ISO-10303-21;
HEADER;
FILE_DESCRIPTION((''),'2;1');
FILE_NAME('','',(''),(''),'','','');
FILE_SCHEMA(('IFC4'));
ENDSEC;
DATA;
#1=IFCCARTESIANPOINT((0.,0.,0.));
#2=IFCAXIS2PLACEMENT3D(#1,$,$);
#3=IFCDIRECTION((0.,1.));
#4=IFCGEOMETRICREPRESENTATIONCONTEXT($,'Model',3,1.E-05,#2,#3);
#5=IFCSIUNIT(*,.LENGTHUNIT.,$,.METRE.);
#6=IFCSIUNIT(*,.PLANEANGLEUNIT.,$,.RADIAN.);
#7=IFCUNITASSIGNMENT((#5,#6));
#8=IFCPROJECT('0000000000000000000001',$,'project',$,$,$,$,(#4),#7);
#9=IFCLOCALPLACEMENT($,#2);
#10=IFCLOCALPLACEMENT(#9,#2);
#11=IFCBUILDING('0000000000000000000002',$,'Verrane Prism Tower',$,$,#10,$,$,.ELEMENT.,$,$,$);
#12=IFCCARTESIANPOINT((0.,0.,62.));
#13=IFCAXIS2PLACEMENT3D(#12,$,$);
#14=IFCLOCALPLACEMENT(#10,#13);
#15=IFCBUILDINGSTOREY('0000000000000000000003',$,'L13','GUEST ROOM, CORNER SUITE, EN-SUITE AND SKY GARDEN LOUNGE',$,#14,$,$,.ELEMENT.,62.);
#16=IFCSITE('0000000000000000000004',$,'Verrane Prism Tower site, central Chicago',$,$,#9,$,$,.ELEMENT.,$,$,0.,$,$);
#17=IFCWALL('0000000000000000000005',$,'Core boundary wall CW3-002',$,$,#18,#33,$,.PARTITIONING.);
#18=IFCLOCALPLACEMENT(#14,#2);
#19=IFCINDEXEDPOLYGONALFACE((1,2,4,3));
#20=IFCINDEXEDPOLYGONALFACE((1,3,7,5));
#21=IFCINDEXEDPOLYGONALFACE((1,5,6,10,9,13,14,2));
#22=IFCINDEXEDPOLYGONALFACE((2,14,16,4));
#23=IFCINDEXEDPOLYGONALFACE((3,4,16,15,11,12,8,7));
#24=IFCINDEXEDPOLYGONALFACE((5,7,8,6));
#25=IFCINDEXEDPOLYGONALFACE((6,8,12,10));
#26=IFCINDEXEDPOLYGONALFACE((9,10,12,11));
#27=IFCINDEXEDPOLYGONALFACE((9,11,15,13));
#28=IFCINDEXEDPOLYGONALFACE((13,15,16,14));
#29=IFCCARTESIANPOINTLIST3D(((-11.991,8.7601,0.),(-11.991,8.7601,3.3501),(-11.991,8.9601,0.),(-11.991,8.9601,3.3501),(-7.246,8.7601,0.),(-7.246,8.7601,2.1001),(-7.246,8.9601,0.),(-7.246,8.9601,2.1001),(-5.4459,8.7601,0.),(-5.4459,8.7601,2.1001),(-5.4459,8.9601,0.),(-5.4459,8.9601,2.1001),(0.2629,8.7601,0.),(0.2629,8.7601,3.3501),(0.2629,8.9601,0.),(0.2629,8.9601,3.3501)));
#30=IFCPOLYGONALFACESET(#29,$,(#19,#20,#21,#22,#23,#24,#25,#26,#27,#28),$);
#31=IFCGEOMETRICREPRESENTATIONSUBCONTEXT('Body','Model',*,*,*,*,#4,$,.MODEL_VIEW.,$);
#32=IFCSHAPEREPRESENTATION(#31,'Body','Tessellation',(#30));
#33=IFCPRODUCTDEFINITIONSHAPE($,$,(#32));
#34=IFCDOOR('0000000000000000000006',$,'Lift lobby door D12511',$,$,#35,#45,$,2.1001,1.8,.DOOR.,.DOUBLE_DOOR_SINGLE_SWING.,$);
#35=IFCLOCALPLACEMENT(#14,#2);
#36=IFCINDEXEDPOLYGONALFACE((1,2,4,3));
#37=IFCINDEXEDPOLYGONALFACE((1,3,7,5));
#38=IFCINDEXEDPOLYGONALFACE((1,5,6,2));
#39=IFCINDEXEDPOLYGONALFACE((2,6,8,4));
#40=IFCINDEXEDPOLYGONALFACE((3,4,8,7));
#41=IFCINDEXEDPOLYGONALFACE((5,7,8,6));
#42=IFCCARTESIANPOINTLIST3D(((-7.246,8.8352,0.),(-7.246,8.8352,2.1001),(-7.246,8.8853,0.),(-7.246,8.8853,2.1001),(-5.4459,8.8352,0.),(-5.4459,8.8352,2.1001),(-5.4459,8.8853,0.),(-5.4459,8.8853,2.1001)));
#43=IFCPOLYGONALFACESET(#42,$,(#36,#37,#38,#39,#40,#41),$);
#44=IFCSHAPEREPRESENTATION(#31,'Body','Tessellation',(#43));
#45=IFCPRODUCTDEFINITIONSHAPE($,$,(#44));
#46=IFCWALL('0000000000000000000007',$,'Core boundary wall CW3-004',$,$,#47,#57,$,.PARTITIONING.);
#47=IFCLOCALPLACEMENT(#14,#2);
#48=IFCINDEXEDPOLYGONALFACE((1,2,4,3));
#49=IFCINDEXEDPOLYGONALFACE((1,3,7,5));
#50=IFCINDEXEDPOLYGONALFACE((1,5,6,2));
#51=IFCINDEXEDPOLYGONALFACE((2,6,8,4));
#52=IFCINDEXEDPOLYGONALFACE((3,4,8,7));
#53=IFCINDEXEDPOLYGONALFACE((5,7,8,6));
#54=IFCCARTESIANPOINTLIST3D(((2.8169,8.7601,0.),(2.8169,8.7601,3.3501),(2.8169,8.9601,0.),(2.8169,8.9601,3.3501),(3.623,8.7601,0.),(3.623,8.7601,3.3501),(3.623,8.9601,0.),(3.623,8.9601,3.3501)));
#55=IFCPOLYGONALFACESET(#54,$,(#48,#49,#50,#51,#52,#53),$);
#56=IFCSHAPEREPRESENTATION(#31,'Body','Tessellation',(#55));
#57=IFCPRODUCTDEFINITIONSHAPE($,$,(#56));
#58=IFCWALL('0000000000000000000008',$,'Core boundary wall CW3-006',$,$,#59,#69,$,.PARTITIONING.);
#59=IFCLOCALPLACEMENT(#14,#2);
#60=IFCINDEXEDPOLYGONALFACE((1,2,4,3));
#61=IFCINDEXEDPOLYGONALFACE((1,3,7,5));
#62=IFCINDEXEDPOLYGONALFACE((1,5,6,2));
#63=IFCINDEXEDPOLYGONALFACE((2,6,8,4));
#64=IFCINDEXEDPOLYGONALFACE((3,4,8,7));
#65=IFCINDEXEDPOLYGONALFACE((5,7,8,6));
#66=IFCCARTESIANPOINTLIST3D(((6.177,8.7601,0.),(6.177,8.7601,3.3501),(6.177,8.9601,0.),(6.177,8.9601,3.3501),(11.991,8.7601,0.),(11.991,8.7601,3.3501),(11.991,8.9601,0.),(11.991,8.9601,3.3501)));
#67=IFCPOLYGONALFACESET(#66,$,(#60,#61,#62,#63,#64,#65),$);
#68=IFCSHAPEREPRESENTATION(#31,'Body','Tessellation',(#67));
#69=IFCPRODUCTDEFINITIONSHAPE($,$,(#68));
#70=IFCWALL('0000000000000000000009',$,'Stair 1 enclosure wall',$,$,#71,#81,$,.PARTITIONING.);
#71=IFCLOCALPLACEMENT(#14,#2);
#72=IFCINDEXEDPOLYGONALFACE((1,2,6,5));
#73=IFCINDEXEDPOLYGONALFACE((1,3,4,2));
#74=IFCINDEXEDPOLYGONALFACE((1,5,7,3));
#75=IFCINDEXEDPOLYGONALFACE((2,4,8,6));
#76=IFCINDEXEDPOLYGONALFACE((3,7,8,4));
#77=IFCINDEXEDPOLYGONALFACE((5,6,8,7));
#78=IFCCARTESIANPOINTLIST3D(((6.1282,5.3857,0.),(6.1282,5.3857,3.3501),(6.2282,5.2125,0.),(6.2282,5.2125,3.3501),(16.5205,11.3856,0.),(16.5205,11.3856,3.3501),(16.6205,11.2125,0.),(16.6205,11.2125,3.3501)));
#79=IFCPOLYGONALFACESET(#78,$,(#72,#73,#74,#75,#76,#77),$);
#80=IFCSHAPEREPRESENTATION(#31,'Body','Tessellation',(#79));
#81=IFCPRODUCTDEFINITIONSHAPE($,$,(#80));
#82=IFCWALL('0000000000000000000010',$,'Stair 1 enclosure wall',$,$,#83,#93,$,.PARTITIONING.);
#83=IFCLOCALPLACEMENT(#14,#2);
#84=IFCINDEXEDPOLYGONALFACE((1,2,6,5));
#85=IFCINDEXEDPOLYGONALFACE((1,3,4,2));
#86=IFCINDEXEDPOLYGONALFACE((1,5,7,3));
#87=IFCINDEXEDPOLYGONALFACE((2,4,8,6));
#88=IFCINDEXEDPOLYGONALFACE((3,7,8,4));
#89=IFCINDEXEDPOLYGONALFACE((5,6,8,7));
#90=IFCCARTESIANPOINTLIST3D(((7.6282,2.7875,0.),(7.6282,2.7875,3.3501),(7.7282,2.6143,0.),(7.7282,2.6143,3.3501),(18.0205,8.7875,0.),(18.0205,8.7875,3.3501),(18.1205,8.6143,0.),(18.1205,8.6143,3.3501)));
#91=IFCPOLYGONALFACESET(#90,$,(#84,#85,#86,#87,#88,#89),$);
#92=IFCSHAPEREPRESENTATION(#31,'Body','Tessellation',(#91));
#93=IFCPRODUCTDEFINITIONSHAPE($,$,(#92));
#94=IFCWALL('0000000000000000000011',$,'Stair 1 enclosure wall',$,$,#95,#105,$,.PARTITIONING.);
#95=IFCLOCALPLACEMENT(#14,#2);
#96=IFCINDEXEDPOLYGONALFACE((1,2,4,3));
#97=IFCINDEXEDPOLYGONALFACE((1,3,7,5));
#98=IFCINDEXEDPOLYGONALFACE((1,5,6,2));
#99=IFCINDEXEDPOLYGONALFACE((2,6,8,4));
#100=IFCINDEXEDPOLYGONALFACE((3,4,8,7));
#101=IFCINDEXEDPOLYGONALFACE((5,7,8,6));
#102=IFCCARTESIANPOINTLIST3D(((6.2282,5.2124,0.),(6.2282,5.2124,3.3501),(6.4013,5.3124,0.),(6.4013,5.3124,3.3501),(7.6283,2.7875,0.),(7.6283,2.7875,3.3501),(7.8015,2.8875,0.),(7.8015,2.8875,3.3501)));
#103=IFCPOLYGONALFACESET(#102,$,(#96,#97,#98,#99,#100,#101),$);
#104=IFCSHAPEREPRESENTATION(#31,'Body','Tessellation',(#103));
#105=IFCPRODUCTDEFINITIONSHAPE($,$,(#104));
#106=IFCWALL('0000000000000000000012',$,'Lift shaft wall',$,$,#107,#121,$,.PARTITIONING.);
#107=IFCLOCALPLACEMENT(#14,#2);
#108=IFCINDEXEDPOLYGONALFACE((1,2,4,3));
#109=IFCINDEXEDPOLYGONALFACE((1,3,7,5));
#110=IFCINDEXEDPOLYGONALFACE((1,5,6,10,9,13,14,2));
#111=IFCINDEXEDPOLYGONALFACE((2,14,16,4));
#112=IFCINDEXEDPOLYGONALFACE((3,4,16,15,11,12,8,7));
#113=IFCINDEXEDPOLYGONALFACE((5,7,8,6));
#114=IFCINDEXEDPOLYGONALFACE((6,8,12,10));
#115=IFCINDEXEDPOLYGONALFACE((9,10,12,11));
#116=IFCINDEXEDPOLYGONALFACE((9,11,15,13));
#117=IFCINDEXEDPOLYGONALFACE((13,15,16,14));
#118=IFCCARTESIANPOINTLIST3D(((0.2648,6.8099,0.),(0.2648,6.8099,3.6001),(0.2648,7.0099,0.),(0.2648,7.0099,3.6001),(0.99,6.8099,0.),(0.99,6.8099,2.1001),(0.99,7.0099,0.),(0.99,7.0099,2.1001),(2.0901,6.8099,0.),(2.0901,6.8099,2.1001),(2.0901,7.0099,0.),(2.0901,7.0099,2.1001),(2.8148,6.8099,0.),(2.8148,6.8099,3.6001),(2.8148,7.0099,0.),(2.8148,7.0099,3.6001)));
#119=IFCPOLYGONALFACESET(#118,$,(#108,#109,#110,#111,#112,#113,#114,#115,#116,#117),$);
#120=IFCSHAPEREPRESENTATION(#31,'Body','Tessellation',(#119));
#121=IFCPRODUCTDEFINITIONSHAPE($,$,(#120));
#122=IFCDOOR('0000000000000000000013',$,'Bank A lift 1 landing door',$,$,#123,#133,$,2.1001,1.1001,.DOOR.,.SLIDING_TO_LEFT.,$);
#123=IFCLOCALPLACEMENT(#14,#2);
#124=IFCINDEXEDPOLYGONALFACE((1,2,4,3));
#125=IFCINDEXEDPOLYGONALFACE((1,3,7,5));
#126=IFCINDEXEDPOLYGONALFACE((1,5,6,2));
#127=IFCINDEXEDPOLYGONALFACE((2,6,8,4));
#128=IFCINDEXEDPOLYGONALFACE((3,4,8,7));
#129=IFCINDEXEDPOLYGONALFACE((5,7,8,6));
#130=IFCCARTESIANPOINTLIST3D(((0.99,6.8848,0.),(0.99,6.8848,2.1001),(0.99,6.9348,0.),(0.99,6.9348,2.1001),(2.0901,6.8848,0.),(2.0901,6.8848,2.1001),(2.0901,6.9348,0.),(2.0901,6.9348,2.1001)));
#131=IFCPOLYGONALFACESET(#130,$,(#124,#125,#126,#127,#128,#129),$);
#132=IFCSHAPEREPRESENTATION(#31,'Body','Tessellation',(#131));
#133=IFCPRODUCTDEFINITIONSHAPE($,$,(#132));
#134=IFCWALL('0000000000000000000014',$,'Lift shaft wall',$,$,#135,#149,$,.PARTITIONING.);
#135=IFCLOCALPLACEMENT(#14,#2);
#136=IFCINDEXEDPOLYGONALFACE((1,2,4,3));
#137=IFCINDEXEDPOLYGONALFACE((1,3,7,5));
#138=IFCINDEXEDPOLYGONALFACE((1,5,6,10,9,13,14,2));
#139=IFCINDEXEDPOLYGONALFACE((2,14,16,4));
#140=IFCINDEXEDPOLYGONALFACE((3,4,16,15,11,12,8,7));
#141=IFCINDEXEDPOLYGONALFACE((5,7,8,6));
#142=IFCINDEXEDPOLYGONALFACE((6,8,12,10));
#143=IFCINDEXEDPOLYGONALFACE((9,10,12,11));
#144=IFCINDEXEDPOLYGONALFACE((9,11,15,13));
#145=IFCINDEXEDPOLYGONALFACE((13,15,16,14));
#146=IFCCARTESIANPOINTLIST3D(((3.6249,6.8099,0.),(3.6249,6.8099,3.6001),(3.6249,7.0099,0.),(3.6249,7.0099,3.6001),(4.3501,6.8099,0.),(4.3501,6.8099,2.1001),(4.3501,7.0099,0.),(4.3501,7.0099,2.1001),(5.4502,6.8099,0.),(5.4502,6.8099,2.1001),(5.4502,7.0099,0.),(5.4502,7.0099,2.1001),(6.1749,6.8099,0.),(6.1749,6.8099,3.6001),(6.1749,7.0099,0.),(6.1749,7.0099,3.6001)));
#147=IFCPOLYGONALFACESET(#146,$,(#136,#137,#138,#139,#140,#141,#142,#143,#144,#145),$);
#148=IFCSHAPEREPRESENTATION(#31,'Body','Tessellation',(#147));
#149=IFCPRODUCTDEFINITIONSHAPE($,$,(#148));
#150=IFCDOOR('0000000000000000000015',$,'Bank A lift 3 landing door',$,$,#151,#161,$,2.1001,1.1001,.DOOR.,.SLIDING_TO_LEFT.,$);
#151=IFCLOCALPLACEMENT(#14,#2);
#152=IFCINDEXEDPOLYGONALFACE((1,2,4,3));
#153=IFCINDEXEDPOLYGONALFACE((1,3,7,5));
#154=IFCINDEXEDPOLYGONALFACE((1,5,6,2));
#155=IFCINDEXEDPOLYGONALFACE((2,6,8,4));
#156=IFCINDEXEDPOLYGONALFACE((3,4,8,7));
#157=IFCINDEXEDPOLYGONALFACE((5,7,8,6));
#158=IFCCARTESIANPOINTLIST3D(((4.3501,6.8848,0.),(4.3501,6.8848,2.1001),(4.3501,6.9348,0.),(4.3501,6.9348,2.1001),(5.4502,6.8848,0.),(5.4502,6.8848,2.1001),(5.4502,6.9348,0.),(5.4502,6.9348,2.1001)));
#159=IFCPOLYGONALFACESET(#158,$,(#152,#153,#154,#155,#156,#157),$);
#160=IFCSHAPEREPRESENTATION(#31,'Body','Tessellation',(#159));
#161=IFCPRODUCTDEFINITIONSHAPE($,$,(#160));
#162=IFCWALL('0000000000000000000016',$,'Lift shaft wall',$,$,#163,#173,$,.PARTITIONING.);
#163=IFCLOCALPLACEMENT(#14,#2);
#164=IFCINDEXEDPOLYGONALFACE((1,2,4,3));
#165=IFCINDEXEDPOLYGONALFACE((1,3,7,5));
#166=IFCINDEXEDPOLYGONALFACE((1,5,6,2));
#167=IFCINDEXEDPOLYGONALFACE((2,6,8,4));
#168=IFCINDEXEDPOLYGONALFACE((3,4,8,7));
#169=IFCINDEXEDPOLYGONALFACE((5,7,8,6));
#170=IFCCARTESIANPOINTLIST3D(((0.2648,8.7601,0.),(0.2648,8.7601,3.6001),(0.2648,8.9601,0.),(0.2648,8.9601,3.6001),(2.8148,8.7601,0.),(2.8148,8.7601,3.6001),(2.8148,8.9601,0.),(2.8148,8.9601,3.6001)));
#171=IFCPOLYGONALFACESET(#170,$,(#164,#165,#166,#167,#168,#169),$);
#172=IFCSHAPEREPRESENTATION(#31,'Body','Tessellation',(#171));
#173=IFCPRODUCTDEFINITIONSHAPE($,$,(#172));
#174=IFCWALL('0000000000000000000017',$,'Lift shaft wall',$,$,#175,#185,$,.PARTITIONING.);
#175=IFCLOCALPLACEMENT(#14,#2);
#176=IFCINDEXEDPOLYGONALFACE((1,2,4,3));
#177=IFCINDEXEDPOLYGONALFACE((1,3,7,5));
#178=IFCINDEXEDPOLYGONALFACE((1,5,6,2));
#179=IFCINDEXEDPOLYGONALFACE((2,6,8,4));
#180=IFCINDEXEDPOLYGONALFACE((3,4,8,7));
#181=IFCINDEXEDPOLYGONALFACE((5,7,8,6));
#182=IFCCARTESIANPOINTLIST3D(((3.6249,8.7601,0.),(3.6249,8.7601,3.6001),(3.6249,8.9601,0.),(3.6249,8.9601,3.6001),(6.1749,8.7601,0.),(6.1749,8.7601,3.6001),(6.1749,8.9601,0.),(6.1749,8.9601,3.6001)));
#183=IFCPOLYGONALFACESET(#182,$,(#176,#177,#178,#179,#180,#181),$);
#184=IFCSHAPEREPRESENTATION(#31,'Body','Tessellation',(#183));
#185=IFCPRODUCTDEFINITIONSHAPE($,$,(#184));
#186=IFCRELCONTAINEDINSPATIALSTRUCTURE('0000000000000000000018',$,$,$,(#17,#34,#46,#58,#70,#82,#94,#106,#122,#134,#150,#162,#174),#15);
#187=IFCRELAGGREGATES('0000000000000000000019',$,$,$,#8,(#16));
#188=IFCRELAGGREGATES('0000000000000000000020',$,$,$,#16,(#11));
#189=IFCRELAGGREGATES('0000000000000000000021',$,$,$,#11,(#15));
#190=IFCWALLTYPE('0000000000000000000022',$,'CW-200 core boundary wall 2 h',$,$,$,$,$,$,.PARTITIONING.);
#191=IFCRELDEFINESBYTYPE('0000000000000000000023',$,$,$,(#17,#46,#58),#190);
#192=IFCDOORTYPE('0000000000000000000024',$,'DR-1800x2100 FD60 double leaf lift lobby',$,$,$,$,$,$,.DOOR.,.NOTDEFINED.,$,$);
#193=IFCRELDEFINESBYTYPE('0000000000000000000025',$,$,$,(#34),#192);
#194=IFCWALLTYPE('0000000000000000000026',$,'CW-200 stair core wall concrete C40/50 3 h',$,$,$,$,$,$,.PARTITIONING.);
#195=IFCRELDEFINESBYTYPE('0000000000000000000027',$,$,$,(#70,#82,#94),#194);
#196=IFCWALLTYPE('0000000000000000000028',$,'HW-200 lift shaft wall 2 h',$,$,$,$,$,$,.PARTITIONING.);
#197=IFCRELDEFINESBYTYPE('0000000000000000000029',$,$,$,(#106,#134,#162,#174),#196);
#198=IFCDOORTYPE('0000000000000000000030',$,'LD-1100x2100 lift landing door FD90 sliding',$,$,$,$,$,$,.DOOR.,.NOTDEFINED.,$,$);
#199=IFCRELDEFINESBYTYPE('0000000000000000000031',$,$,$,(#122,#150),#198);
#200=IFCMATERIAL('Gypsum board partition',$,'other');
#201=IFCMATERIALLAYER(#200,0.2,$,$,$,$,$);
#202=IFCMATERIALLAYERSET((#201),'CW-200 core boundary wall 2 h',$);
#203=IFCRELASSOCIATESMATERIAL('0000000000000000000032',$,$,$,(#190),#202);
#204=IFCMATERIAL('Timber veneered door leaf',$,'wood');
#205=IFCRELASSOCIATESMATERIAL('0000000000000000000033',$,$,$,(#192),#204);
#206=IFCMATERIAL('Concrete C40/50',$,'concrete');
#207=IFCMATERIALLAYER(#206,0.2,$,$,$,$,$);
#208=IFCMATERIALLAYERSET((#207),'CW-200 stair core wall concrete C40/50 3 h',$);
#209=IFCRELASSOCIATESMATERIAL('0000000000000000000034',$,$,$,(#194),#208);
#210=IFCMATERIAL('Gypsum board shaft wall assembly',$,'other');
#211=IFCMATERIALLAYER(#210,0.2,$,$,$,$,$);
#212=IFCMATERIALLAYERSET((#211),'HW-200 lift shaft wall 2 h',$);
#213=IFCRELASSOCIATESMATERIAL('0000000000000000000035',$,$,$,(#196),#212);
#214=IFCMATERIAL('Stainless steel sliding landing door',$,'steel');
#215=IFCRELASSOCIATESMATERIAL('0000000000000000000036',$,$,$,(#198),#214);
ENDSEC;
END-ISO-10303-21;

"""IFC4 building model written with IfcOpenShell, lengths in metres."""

from ifc_helpers import new_model, si_unit, direction, frame, frame_2d, origin, place, context, subcontext, project, spatial, rectangle, extrude, material, layer, layer_set, type_object, element, fill, save


model = new_model("IFC4")

# Units and contexts
model_context = context("Model", 3, precision=1e-05, world=origin(), true_north=direction((0.0, 1.0)))
body_context = subcontext(model_context, "Body", "Model", "MODEL_VIEW")
ifc_project = project(units=[si_unit("LENGTHUNIT", "METRE"), si_unit("PLANEANGLEUNIT", "RADIAN")], contexts=[model_context])

# Site, building, storey
site_placement = place(None, origin())
site = spatial("IfcSite", under=ifc_project, at=site_placement, Name="Verrane Prism Tower site, central Chicago", CompositionType="ELEMENT", RefElevation=0.0)
building_placement = place(site_placement, origin())
building = spatial("IfcBuilding", under=site, at=building_placement, Name="Verrane Prism Tower", CompositionType="ELEMENT")
storey_placement = place(building_placement, frame((0.0, 0.0, 62.0)))
storey = spatial("IfcBuildingStorey", under=building, at=storey_placement, Name="L13", Description="GUEST ROOM, CORNER SUITE, EN-SUITE AND SKY GARDEN LOUNGE", CompositionType="ELEMENT", Elevation=62.0)

# Wall, opening, door
ifc_material_1 = material(Name="Gypsum board partition", Category="other")
ifc_layer_1 = layer(ifc_material_1, 0.2)
ifc_layer_set_1 = layer_set([ifc_layer_1], Name="CW-200 core boundary wall 2 h")
wall_type_1 = type_object("IfcWallType", Name="CW-200 core boundary wall 2 h", PredefinedType="PARTITIONING", material=ifc_layer_set_1)
wall_1_placement = place(storey_placement, frame((0.2629, 8.8601, 0.0), z_axis=(0.0, 0.0, 1.0), x_axis=(-1.0, 0.0, 0.0)))
wall_1 = element("IfcWall", 1, at=wall_1_placement, inside=storey, type_object=wall_type_1, Name="Core boundary wall CW3-002", PredefinedType="PARTITIONING", context=body_context, shape_type="SweptSolid", body=[
    extrude(rectangle(XDim=12.2539, YDim=0.2, at=frame_2d((6.127, 0.0))), origin(), (0.0, 0.0, 1.0), 3.3501),
])
opening_1_placement = place(wall_1_placement, frame((5.709, 0.0, 0.0)))
opening_1 = element("IfcOpeningElement", 2, at=opening_1_placement, cuts=wall_1, PredefinedType="OPENING", context=body_context, shape_type="SweptSolid", body=[
    extrude(rectangle(XDim=1.8, YDim=2.1001, at=frame_2d((0.8999, 1.05))), frame((0.0, 0.1099, 0.0), z_axis=(0.0, -1.0, 0.0), x_axis=(1.0, 0.0, 0.0)), (0.0, 0.0, 1.0), 0.22),
])
ifc_material_2 = material(Name="Timber veneered door leaf", Category="wood")
door_type_1 = type_object("IfcDoorType", Name="DR-1800x2100 FD60 double leaf lift lobby", OperationType="NOTDEFINED", PredefinedType="DOOR", material=ifc_material_2)
door_1_placement = place(opening_1_placement, origin())
door_1 = element("IfcDoor", 3, at=door_1_placement, inside=storey, type_object=door_type_1, Name="Lift lobby door D12511", OperationType="DOUBLE_DOOR_SINGLE_SWING", OverallHeight=2.1001, OverallWidth=1.8, PredefinedType="DOOR", context=body_context, shape_type="SweptSolid", body=[
    extrude(rectangle(XDim=1.8, YDim=2.1001, at=frame_2d((0.8999, 1.05))), frame((0.0, 0.0249, 0.0), z_axis=(0.0, -1.0, 0.0), x_axis=(1.0, 0.0, 0.0)), (0.0, 0.0, 1.0), 0.05),
])
fill(opening_1, door_1)

# Walls
wall_2_placement = place(storey_placement, frame((2.8169, 8.8601, 0.0), z_axis=(0.0, 0.0, 1.0), x_axis=(1.0, 0.0, 0.0)))
element("IfcWall", 4, at=wall_2_placement, inside=storey, type_object=wall_type_1, Name="Core boundary wall CW3-004", PredefinedType="PARTITIONING", context=body_context, shape_type="SweptSolid", body=[
    extrude(rectangle(XDim=0.8062, YDim=0.2, at=frame_2d((0.4031, 0.0))), origin(), (0.0, 0.0, 1.0), 3.3501),
])
wall_3_placement = place(storey_placement, frame((6.177, 8.8601, 0.0), z_axis=(0.0, 0.0, 1.0), x_axis=(1.0, 0.0, 0.0)))
element("IfcWall", 5, at=wall_3_placement, inside=storey, type_object=wall_type_1, Name="Core boundary wall CW3-006", PredefinedType="PARTITIONING", context=body_context, shape_type="SweptSolid", body=[
    extrude(rectangle(XDim=5.814, YDim=0.2, at=frame_2d((2.907, 0.0))), origin(), (0.0, 0.0, 1.0), 3.3501),
])
ifc_material_3 = material(Name="Concrete C40/50", Category="concrete")
ifc_layer_2 = layer(ifc_material_3, 0.2)
ifc_layer_set_2 = layer_set([ifc_layer_2], Name="CW-200 stair core wall concrete C40/50 3 h")
wall_type_2 = type_object("IfcWallType", Name="CW-200 stair core wall concrete C40/50 3 h", PredefinedType="PARTITIONING", material=ifc_layer_set_2)
for number, where, z_axis, x_axis, name in (
    (6, (6.1782, 5.2991, 0.0), (0.0, 0.0, 1.0), (0.866026, 0.499999, 0.0), "Stair 1 enclosure wall"),
    (7, (7.6782, 2.7009, 0.0), (0.0, 0.0, 1.0), (0.866026, 0.499999, 0.0), "Stair 1 enclosure wall"),
):
    element("IfcWall", number, at=place(storey_placement, frame(where, z_axis=z_axis, x_axis=x_axis)), inside=storey, type_object=wall_type_2, Name=name, PredefinedType="PARTITIONING", context=body_context, shape_type="SweptSolid", body=[
        extrude(rectangle(XDim=12.0, YDim=0.2, at=frame_2d((6.0, 0.0))), origin(), (0.0, 0.0, 1.0), 3.3501),
    ])
wall_4_placement = place(storey_placement, frame((7.7148, 2.8376, 0.0), z_axis=(0.0, 0.0, 1.0), x_axis=(-0.50005, 0.865997, 0.0)))
element("IfcWall", 8, at=wall_4_placement, inside=storey, type_object=wall_type_2, Name="Stair 1 enclosure wall", PredefinedType="PARTITIONING", context=body_context, shape_type="SweptSolid", body=[
    extrude(rectangle(XDim=2.8, YDim=0.2, at=frame_2d((1.3999, 0.0))), origin(), (0.0, 0.0, 1.0), 3.3501),
])

# Walls, openings, doors
ifc_material_4 = material(Name="Gypsum board shaft wall assembly", Category="other")
ifc_layer_3 = layer(ifc_material_4, 0.2)
ifc_layer_set_3 = layer_set([ifc_layer_3], Name="HW-200 lift shaft wall 2 h")
wall_type_3 = type_object("IfcWallType", Name="HW-200 lift shaft wall 2 h", PredefinedType="PARTITIONING", material=ifc_layer_set_3)
wall_5_placement = place(storey_placement, frame((0.2649, 6.9099, 0.0), z_axis=(0.0, 0.0, 1.0), x_axis=(1.0, 0.0, 0.0)))
wall_5 = element("IfcWall", 9, at=wall_5_placement, inside=storey, type_object=wall_type_3, Name="Lift shaft wall", PredefinedType="PARTITIONING", context=body_context, shape_type="SweptSolid", body=[
    extrude(rectangle(XDim=2.55, YDim=0.2, at=frame_2d((1.2749, 0.0))), origin(), (0.0, 0.0, 1.0), 3.6001),
])
opening_2_placement = place(wall_5_placement, frame((0.7251, 0.0, 0.0)))
opening_2 = element("IfcOpeningElement", 10, at=opening_2_placement, cuts=wall_5, PredefinedType="OPENING", context=body_context, shape_type="SweptSolid", body=[
    extrude(rectangle(XDim=1.1001, YDim=2.1001, at=frame_2d((0.55, 1.05))), frame((0.0, 0.1099, 0.0), z_axis=(0.0, -1.0, 0.0), x_axis=(1.0, 0.0, 0.0)), (0.0, 0.0, 1.0), 0.22),
])
ifc_material_5 = material(Name="Stainless steel sliding landing door", Category="steel")
door_type_2 = type_object("IfcDoorType", Name="LD-1100x2100 lift landing door FD90 sliding", OperationType="NOTDEFINED", PredefinedType="DOOR", material=ifc_material_5)
door_2_placement = place(opening_2_placement, origin())
door_2 = element("IfcDoor", 11, at=door_2_placement, inside=storey, type_object=door_type_2, Name="Bank A lift 1 landing door", OperationType="SLIDING_TO_LEFT", OverallHeight=2.1001, OverallWidth=1.1001, PredefinedType="DOOR", context=body_context, shape_type="SweptSolid", body=[
    extrude(rectangle(XDim=1.1001, YDim=2.1001, at=frame_2d((0.55, 1.05))), frame((0.0, 0.0249, 0.0), z_axis=(0.0, -1.0, 0.0), x_axis=(1.0, 0.0, 0.0)), (0.0, 0.0, 1.0), 0.05),
])
fill(opening_2, door_2)
wall_6_placement = place(storey_placement, frame((3.625, 6.9099, 0.0), z_axis=(0.0, 0.0, 1.0), x_axis=(1.0, 0.0, 0.0)))
wall_6 = element("IfcWall", 12, at=wall_6_placement, inside=storey, type_object=wall_type_3, Name="Lift shaft wall", PredefinedType="PARTITIONING", context=body_context, shape_type="SweptSolid", body=[
    extrude(rectangle(XDim=2.55, YDim=0.2, at=frame_2d((1.2749, 0.0))), origin(), (0.0, 0.0, 1.0), 3.6001),
])
opening_3_placement = place(wall_6_placement, frame((0.7251, 0.0, 0.0)))
opening_3 = element("IfcOpeningElement", 13, at=opening_3_placement, cuts=wall_6, PredefinedType="OPENING", context=body_context, shape_type="SweptSolid", body=[
    extrude(rectangle(XDim=1.1001, YDim=2.1001, at=frame_2d((0.55, 1.05))), frame((0.0, 0.1099, 0.0), z_axis=(0.0, -1.0, 0.0), x_axis=(1.0, 0.0, 0.0)), (0.0, 0.0, 1.0), 0.22),
])
door_3_placement = place(opening_3_placement, origin())
door_3 = element("IfcDoor", 14, at=door_3_placement, inside=storey, type_object=door_type_2, Name="Bank A lift 3 landing door", OperationType="SLIDING_TO_LEFT", OverallHeight=2.1001, OverallWidth=1.1001, PredefinedType="DOOR", context=body_context, shape_type="SweptSolid", body=[
    extrude(rectangle(XDim=1.1001, YDim=2.1001, at=frame_2d((0.55, 1.05))), frame((0.0, 0.0249, 0.0), z_axis=(0.0, -1.0, 0.0), x_axis=(1.0, 0.0, 0.0)), (0.0, 0.0, 1.0), 0.05),
])
fill(opening_3, door_3)

# Walls
for number, where, z_axis, x_axis, name in (
    (15, (0.2649, 8.8601, 0.0), (0.0, 0.0, 1.0), (1.0, 0.0, 0.0), "Lift shaft wall"),
    (16, (3.625, 8.8601, 0.0), (0.0, 0.0, 1.0), (1.0, 0.0, 0.0), "Lift shaft wall"),
):
    element("IfcWall", number, at=place(storey_placement, frame(where, z_axis=z_axis, x_axis=x_axis)), inside=storey, type_object=wall_type_3, Name=name, PredefinedType="PARTITIONING", context=body_context, shape_type="SweptSolid", body=[
        extrude(rectangle(XDim=2.55, YDim=0.2, at=frame_2d((1.2749, 0.0))), origin(), (0.0, 0.0, 1.0), 3.6001),
    ])

save(model, "model.ifc")
